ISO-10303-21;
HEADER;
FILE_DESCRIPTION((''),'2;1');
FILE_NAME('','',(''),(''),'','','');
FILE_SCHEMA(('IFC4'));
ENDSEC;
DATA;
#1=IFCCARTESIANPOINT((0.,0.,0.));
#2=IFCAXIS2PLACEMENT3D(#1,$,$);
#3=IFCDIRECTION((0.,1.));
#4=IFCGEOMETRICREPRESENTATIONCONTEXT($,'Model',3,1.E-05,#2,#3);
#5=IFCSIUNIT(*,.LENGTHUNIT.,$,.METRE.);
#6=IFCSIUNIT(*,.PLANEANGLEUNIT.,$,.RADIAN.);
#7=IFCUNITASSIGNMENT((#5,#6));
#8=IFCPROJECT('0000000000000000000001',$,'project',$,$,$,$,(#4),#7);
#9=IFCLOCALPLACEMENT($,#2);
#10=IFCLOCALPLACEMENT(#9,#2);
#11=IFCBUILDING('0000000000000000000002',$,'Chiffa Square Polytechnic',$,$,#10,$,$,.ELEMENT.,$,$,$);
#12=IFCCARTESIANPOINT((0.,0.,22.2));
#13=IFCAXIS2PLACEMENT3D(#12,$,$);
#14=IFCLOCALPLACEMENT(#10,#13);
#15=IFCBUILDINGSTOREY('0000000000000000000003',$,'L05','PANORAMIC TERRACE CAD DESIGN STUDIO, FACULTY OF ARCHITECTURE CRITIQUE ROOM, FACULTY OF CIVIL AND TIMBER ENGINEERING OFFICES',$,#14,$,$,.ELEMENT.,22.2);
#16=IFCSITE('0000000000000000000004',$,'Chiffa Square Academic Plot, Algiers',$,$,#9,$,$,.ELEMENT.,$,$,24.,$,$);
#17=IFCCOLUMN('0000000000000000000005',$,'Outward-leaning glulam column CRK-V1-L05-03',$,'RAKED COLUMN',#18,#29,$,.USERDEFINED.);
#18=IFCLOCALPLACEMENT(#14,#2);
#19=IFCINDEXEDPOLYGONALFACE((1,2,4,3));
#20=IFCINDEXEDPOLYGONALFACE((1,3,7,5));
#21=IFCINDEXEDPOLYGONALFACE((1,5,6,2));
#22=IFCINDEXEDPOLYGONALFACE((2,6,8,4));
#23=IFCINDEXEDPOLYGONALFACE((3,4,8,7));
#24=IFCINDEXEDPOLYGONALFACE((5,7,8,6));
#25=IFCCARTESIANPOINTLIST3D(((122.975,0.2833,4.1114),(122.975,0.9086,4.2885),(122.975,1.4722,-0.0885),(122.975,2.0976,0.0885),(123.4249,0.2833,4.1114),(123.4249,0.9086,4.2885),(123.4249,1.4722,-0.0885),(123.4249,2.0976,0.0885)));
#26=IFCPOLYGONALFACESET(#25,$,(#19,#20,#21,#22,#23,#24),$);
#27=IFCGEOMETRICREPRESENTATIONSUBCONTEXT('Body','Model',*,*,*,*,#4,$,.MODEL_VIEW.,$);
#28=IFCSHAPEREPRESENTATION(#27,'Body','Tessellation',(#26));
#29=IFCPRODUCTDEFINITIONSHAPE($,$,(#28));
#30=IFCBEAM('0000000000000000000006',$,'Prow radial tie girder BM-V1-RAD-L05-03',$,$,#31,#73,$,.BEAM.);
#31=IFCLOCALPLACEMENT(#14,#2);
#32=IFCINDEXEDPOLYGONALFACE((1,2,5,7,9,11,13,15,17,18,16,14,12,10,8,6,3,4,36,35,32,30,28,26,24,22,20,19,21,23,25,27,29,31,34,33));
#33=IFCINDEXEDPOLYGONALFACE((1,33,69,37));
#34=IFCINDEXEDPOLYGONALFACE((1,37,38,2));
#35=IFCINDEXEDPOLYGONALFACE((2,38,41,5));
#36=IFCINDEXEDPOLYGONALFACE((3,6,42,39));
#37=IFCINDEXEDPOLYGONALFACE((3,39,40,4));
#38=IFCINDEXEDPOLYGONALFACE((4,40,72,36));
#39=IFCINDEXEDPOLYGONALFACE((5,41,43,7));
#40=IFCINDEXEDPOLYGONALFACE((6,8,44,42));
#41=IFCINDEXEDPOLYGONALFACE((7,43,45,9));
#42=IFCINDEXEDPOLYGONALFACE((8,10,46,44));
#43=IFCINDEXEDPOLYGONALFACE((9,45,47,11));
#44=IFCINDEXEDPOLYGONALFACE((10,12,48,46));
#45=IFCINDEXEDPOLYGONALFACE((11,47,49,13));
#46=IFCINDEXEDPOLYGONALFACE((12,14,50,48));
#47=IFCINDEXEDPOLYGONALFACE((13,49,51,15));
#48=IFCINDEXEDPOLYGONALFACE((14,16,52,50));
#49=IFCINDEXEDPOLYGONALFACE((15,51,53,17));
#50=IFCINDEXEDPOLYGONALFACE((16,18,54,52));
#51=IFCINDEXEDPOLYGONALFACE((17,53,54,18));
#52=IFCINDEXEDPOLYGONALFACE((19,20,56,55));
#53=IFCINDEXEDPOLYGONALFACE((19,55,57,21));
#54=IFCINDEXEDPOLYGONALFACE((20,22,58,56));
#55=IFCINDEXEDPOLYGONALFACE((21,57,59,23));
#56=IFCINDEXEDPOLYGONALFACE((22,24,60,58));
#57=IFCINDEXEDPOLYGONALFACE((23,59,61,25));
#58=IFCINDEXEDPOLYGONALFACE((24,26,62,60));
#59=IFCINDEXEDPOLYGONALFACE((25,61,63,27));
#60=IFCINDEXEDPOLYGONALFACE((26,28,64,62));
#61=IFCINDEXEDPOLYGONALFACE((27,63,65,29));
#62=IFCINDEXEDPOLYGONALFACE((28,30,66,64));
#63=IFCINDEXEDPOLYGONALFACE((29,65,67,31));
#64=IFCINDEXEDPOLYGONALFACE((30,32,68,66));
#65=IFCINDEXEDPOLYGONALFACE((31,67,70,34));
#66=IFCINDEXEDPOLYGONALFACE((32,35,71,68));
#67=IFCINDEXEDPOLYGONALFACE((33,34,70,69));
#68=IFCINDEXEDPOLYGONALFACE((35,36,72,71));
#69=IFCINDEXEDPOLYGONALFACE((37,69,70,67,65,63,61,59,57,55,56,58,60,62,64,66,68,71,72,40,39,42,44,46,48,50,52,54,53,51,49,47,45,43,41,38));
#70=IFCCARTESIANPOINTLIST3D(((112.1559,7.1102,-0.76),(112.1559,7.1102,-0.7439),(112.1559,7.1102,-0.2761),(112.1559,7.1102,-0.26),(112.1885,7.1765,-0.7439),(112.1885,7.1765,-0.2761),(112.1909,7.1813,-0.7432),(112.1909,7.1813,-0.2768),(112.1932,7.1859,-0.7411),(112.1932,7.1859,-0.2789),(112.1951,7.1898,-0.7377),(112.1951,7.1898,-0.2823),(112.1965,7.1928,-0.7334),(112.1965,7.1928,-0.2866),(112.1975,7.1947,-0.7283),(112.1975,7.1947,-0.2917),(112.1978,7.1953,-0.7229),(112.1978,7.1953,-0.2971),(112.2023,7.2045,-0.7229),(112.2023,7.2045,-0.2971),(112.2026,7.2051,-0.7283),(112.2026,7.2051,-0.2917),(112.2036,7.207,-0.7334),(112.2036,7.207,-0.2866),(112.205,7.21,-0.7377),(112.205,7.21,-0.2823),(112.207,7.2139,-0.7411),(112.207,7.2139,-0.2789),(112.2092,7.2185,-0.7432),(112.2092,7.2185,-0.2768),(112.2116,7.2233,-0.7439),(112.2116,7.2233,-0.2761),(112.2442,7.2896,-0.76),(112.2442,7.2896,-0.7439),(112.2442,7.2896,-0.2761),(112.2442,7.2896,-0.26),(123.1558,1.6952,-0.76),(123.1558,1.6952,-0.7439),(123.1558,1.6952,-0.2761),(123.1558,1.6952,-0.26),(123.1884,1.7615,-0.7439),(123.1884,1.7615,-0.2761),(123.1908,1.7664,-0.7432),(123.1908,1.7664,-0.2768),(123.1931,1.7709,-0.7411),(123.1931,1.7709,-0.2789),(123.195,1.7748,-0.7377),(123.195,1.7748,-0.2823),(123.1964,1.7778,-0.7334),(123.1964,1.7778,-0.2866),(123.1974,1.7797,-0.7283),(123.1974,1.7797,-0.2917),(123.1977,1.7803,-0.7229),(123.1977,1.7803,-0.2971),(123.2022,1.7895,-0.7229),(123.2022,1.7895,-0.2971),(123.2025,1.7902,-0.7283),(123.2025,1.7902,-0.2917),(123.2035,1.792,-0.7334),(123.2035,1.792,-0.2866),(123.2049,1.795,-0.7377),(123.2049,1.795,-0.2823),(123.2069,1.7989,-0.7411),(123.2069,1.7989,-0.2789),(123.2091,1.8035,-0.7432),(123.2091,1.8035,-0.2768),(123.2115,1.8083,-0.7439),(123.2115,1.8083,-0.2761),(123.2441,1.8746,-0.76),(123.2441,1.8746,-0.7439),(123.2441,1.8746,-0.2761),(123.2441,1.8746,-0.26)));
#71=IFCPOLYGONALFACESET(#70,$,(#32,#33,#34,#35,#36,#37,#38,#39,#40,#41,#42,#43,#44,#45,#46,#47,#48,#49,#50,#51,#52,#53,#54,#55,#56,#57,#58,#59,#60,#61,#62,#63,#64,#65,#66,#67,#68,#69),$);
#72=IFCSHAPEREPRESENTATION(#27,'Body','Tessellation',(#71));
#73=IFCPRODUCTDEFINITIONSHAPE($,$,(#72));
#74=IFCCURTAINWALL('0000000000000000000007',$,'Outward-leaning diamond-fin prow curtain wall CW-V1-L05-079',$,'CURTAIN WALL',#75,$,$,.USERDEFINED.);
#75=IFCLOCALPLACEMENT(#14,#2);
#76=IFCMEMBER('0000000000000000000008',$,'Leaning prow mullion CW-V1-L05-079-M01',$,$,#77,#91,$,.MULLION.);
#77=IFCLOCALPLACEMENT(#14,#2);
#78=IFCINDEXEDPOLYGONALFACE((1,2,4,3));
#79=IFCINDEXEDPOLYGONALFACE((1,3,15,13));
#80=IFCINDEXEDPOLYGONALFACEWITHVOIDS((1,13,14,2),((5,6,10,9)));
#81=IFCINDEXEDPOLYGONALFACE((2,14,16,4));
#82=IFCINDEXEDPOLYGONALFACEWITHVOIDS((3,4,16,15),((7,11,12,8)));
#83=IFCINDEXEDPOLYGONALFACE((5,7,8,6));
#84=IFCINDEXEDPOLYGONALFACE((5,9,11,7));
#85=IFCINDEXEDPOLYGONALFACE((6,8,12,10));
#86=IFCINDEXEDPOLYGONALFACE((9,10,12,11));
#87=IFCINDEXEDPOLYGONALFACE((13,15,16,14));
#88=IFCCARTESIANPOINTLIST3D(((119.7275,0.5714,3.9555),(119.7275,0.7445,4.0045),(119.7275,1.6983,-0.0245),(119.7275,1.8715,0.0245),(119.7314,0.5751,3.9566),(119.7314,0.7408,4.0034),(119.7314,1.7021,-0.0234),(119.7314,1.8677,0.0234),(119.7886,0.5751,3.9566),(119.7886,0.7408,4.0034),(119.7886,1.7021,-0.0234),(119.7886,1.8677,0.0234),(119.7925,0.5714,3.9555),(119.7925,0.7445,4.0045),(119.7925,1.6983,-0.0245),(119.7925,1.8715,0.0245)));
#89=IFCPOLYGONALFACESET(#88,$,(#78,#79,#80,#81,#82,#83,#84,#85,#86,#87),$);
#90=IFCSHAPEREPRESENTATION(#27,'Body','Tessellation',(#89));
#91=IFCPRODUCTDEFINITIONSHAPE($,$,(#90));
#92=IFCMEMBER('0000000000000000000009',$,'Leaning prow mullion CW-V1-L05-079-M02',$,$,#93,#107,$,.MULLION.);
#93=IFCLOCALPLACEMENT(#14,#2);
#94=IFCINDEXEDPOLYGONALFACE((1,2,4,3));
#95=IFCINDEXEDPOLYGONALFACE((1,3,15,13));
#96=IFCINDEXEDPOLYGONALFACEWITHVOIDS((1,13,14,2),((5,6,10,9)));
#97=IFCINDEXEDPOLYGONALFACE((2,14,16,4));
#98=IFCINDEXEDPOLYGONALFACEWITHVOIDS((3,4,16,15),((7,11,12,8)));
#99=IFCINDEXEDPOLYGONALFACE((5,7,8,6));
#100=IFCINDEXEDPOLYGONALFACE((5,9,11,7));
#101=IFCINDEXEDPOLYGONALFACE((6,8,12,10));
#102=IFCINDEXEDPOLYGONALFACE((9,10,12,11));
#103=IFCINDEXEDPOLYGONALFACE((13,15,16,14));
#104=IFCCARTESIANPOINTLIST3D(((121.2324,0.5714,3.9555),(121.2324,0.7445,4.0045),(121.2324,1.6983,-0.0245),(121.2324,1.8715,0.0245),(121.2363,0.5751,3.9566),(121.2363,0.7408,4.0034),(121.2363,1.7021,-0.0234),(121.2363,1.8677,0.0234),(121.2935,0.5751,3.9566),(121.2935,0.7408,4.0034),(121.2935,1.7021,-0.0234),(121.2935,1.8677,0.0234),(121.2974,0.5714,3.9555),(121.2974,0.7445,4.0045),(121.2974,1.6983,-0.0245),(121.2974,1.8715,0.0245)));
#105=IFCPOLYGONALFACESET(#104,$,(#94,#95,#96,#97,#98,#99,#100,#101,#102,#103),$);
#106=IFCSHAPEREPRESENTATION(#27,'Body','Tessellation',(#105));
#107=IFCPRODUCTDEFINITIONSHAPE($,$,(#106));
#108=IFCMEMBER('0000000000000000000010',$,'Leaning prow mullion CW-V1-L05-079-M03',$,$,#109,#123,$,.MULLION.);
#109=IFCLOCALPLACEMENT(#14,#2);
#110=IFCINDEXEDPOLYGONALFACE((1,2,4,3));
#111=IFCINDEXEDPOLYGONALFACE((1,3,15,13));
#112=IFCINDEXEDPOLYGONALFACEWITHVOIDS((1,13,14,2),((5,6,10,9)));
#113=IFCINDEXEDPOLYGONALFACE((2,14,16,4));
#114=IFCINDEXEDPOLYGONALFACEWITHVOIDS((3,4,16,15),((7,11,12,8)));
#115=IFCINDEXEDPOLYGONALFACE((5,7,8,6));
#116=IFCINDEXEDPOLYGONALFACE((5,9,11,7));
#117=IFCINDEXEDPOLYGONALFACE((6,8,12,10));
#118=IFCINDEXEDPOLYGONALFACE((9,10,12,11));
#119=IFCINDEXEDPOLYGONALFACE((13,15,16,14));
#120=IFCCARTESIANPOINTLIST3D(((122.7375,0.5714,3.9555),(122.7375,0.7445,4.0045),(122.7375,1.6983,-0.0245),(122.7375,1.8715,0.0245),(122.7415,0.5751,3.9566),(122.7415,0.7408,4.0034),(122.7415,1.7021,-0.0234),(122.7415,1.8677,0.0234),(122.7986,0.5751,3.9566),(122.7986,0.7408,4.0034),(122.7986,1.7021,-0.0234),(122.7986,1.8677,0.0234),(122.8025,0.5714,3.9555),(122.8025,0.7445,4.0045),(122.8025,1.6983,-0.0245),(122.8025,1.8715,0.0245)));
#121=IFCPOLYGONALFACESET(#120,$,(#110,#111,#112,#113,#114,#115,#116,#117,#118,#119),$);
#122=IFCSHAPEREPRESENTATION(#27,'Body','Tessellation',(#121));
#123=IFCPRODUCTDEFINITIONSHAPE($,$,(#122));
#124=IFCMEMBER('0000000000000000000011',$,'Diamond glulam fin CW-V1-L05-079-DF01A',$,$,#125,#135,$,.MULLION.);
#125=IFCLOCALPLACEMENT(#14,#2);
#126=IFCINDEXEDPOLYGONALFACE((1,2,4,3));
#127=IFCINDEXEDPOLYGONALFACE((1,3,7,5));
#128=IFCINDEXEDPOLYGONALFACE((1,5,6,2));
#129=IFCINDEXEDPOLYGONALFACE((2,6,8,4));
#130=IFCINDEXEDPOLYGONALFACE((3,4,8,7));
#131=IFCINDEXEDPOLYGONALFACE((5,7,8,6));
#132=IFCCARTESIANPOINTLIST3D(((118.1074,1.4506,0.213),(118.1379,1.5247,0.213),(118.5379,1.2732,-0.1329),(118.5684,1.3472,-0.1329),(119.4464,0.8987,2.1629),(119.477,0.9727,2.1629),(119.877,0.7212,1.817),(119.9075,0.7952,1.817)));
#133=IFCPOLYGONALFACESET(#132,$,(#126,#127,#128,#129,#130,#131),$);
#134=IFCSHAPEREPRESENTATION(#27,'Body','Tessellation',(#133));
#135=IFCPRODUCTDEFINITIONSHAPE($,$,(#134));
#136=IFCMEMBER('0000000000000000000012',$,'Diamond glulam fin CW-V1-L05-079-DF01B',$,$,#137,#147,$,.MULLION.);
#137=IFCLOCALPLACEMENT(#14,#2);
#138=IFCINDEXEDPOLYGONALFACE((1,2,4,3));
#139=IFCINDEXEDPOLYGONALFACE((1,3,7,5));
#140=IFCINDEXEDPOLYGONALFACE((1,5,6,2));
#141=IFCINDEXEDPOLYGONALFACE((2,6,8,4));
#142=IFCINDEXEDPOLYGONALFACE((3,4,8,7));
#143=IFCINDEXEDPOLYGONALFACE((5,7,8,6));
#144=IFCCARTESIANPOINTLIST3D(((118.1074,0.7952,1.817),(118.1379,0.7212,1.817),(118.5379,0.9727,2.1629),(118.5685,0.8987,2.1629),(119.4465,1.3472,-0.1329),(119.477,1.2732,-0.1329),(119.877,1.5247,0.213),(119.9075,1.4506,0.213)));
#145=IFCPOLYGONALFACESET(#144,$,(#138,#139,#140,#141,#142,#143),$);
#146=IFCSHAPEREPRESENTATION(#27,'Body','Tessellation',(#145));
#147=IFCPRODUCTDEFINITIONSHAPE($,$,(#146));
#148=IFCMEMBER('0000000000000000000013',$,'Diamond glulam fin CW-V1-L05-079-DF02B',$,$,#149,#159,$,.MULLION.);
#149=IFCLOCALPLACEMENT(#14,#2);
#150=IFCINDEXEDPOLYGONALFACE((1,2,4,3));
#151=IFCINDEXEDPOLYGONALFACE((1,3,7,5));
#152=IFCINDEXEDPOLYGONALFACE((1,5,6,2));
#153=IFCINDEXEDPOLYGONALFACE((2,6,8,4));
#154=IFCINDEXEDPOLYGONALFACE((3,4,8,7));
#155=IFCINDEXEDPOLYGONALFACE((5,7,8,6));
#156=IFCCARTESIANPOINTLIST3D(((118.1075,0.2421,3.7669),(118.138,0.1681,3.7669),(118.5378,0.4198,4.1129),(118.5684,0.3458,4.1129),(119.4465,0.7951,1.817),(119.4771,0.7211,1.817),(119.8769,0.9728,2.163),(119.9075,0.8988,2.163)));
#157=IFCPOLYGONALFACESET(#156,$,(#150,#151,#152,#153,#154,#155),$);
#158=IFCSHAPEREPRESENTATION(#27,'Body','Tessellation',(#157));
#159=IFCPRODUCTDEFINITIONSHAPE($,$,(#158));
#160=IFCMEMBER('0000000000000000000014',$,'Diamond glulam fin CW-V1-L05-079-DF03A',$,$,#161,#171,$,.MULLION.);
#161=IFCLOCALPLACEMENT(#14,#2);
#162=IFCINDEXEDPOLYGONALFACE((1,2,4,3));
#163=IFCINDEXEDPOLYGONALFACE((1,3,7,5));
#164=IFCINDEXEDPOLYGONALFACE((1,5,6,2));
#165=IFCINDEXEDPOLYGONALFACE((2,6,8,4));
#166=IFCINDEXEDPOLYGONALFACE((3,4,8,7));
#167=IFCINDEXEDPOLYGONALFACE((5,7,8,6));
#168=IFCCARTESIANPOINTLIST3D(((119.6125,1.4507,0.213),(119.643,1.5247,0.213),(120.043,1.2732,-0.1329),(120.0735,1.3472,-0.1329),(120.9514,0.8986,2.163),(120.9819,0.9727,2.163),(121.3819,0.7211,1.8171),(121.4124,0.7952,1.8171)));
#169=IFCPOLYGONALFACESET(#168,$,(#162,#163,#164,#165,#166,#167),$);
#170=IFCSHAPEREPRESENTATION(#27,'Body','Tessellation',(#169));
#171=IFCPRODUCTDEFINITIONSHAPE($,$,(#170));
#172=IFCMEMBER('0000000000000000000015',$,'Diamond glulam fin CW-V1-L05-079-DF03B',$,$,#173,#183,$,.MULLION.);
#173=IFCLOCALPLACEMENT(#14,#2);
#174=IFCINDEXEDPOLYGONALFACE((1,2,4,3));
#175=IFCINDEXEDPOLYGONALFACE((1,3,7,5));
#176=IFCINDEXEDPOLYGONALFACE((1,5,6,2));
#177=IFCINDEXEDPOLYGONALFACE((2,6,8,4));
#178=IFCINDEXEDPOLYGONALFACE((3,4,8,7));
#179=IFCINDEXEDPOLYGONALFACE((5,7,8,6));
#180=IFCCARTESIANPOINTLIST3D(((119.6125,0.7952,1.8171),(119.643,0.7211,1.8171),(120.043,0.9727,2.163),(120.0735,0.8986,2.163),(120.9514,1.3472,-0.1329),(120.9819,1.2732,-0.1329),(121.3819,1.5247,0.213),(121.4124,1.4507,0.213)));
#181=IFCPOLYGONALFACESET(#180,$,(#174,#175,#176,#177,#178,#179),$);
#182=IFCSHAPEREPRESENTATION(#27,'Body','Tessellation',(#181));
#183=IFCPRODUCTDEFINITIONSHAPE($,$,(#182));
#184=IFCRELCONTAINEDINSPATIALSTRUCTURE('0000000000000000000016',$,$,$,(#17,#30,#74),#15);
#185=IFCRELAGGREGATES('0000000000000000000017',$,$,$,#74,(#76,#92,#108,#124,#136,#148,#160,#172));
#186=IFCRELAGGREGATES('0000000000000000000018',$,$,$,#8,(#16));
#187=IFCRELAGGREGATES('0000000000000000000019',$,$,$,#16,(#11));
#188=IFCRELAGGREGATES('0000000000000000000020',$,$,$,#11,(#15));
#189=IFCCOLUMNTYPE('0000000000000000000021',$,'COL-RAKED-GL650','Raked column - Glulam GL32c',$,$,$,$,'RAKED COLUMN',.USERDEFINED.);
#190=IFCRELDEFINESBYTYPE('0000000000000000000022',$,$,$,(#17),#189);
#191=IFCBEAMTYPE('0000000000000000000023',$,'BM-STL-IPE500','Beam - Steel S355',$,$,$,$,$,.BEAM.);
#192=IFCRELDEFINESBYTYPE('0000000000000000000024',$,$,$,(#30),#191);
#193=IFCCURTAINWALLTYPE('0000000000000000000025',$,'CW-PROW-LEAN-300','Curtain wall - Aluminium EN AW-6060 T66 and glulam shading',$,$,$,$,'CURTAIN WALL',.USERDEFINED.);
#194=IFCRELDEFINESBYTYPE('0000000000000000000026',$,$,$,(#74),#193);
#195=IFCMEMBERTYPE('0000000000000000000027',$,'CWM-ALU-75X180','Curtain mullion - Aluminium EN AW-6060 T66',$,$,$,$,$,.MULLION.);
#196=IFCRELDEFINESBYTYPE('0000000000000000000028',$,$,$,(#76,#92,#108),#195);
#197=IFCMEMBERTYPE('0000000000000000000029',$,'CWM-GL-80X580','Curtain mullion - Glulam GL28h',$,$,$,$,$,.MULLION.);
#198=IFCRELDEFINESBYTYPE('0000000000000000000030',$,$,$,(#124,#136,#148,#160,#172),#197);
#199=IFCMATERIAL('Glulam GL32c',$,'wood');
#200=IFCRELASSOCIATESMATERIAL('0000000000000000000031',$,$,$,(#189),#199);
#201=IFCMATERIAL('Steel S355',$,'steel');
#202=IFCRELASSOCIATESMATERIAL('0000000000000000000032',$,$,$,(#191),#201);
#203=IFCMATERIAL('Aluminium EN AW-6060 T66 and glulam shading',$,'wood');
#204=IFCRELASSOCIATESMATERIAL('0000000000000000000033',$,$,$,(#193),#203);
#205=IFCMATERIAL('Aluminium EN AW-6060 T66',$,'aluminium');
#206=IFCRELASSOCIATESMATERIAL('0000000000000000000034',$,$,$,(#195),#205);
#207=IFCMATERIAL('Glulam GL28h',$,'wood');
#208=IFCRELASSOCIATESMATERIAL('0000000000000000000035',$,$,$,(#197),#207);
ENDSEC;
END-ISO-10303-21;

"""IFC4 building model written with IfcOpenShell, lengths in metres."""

from ifc_helpers import new_model, si_unit, direction, frame, origin, origin_2d, place, context, subcontext, project, spatial, rectangle, hollow_rectangle, i_section, extrude, material, material_profile, profile_set, type_object, element, aggregate, save


model = new_model("IFC4")

# Units and contexts
model_context = context("Model", 3, precision=1e-05, world=origin(), true_north=direction((0.0, 1.0)))
body_context = subcontext(model_context, "Body", "Model", "MODEL_VIEW")
ifc_project = project(units=[si_unit("LENGTHUNIT", "METRE"), si_unit("PLANEANGLEUNIT", "RADIAN")], contexts=[model_context])

# Site, building, storey
site_placement = place(None, origin())
site = spatial("IfcSite", under=ifc_project, at=site_placement, Name="Chiffa Square Academic Plot, Algiers", CompositionType="ELEMENT", RefElevation=24.0)
building_placement = place(site_placement, origin())
building = spatial("IfcBuilding", under=site, at=building_placement, Name="Chiffa Square Polytechnic", CompositionType="ELEMENT")
storey_placement = place(building_placement, frame((0.0, 0.0, 22.2)))
storey = spatial("IfcBuildingStorey", under=building, at=storey_placement, Name="L05", Description="PANORAMIC TERRACE CAD DESIGN STUDIO, FACULTY OF ARCHITECTURE CRITIQUE ROOM, FACULTY OF CIVIL AND TIMBER ENGINEERING OFFICES", CompositionType="ELEMENT", Elevation=22.2)

# Column
ifc_material_1 = material(Name="Glulam GL32c", Category="wood")
ifc_material_profile_1 = material_profile(ifc_material_1, rectangle(XDim=0.45, YDim=0.6499, at=origin_2d()), Name="GL32c 450x650")
ifc_profile_set_1 = profile_set([ifc_material_profile_1], Name="Glulam GL32c")
column_type = type_object("IfcColumnType", Name="COL-RAKED-GL650", Description="Raked column - Glulam GL32c", ElementType="RAKED COLUMN", PredefinedType="USERDEFINED", material=ifc_profile_set_1)
column_placement = place(storey_placement, frame((123.2, 1.7849, 0.0), z_axis=(0.0, -0.272386, 0.962188), x_axis=(1.0, 0.0, 0.0)))
element("IfcColumn", 1, at=column_placement, inside=storey, type_object=column_type, Name="Outward-leaning glulam column CRK-V1-L05-03", ObjectType="RAKED COLUMN", PredefinedType="USERDEFINED", context=body_context, shape_type="SweptSolid", body=[
    extrude(rectangle(XDim=0.45, YDim=0.6499, at=origin_2d()), origin(), (0.0, 0.0, 1.0), 4.365),
])

# Beam
ifc_material_2 = material(Name="Steel S355", Category="steel")
ifc_material_profile_2 = material_profile(ifc_material_2, i_section(OverallWidth=0.2, OverallDepth=0.5, WebThickness=0.0103, FlangeThickness=0.0161, FilletRadius=0.021, at=origin_2d()), Name="IPE 500")
ifc_profile_set_2 = profile_set([ifc_material_profile_2], Name="Steel S355")
beam_type_1 = type_object("IfcBeamType", Name="BM-STL-IPE500", Description="Beam - Steel S355", PredefinedType="BEAM", material=ifc_profile_set_2)
beam_1_placement = place(storey_placement, frame((123.2, 1.7849, -0.51), z_axis=(-0.897182, 0.441661, 0.0), x_axis=(-0.441661, -0.897182, 0.0)))
element("IfcBeam", 2, at=beam_1_placement, inside=storey, type_object=beam_type_1, Name="Prow radial tie girder BM-V1-RAD-L05-03", PredefinedType="BEAM", context=body_context, shape_type="SweptSolid", body=[
    extrude(i_section(OverallWidth=0.2, OverallDepth=0.5, WebThickness=0.0103, FlangeThickness=0.0161, FilletRadius=0.021, at=origin_2d()), origin(), (0.0, 0.0, 1.0), 12.2605),
])

# Curtain wall, members
ifc_material_3 = material(Name="Aluminium EN AW-6060 T66 and glulam shading", Category="wood")
curtain_wall_type_1 = type_object("IfcCurtainWallType", Name="CW-PROW-LEAN-300", Description="Curtain wall - Aluminium EN AW-6060 T66 and glulam shading", ElementType="CURTAIN WALL", PredefinedType="USERDEFINED", material=ifc_material_3)
curtain_wall_1_placement = place(storey_placement, origin())
curtain_wall_1 = element("IfcCurtainWall", 3, at=curtain_wall_1_placement, inside=storey, type_object=curtain_wall_type_1, Name="Outward-leaning diamond-fin prow curtain wall CW-V1-L05-079", ObjectType="CURTAIN WALL", PredefinedType="USERDEFINED")
ifc_material_4 = material(Name="Aluminium EN AW-6060 T66", Category="aluminium")
ifc_material_profile_3 = material_profile(ifc_material_4, hollow_rectangle(XDim=0.0649, YDim=0.1799, WallThickness=0.0039, at=origin_2d()), Name="ALU 65x180x4")
ifc_profile_set_3 = profile_set([ifc_material_profile_3], Name="Aluminium EN AW-6060 T66")
member_type_1 = type_object("IfcMemberType", Name="CWM-ALU-75X180", Description="Curtain mullion - Aluminium EN AW-6060 T66", PredefinedType="MULLION", material=ifc_profile_set_3)
member_1_placement = place(storey_placement, frame((119.76, 1.7849, 0.0), z_axis=(0.0, -0.272444, 0.962172), x_axis=(1.0, 0.0, 0.0)))
member_1 = element("IfcMember", 4, at=member_1_placement, type_object=member_type_1, Name="Leaning prow mullion CW-V1-L05-079-M01", PredefinedType="MULLION", context=body_context, shape_type="SweptSolid", body=[
    extrude(hollow_rectangle(XDim=0.0649, YDim=0.1799, WallThickness=0.0039, at=origin_2d()), origin(), (0.0, 0.0, 1.0), 4.1365),
])
member_2_placement = place(storey_placement, frame((121.2649, 1.7849, 0.0), z_axis=(0.0, -0.272444, 0.962172), x_axis=(1.0, 0.0, 0.0)))
member_2 = element("IfcMember", 5, at=member_2_placement, type_object=member_type_1, Name="Leaning prow mullion CW-V1-L05-079-M02", PredefinedType="MULLION", context=body_context, shape_type="SweptSolid", body=[
    extrude(hollow_rectangle(XDim=0.0649, YDim=0.1799, WallThickness=0.0039, at=origin_2d()), origin(), (0.0, 0.0, 1.0), 4.1365),
])
member_3_placement = place(storey_placement, frame((122.77, 1.7849, 0.0), z_axis=(0.0, -0.272444, 0.962172), x_axis=(1.0, 0.0, 0.0)))
member_3 = element("IfcMember", 6, at=member_3_placement, type_object=member_type_1, Name="Leaning prow mullion CW-V1-L05-079-M03", PredefinedType="MULLION", context=body_context, shape_type="SweptSolid", body=[
    extrude(hollow_rectangle(XDim=0.0649, YDim=0.1799, WallThickness=0.0039, at=origin_2d()), origin(), (0.0, 0.0, 1.0), 4.1365),
])
ifc_material_5 = material(Name="Glulam GL28h", Category="wood")
ifc_material_profile_4 = material_profile(ifc_material_5, rectangle(XDim=0.0801, YDim=0.5801, at=origin_2d()), Name="GL28h 80x580")
ifc_profile_set_4 = profile_set([ifc_material_profile_4], Name="Glulam GL28h")
member_type_2 = type_object("IfcMemberType", Name="CWM-GL-80X580", Description="Curtain mullion - Glulam GL28h", PredefinedType="MULLION", material=ifc_profile_set_4)
member_4_placement = place(storey_placement, frame((118.3379, 1.3989, 0.04), z_axis=(0.551292, -0.227251, 0.802766), x_axis=(0.381106, 0.924531, 0.0)))
member_4 = element("IfcMember", 7, at=member_4_placement, type_object=member_type_2, Name="Diamond glulam fin CW-V1-L05-079-DF01A", PredefinedType="MULLION", context=body_context, shape_type="SweptSolid", body=[
    extrude(rectangle(XDim=0.0801, YDim=0.5801, at=origin_2d()), origin(), (0.0, 0.0, 1.0), 2.429),
])
member_5_placement = place(storey_placement, frame((119.677, 1.3989, 0.04), z_axis=(-0.551292, -0.227251, 0.802766), x_axis=(0.381106, -0.924531, 0.0)))
member_5 = element("IfcMember", 8, at=member_5_placement, type_object=member_type_2, Name="Diamond glulam fin CW-V1-L05-079-DF01B", PredefinedType="MULLION", context=body_context, shape_type="SweptSolid", body=[
    extrude(rectangle(XDim=0.0801, YDim=0.5801, at=origin_2d()), origin(), (0.0, 0.0, 1.0), 2.429),
])
member_6_placement = place(storey_placement, frame((119.677, 0.8469, 1.99), z_axis=(-0.551242, -0.227632, 0.802693), x_axis=(0.381682, -0.924294, 0.0)))
member_6 = element("IfcMember", 9, at=member_6_placement, type_object=member_type_2, Name="Diamond glulam fin CW-V1-L05-079-DF02B", PredefinedType="MULLION", context=body_context, shape_type="SweptSolid", body=[
    extrude(rectangle(XDim=0.0801, YDim=0.5801, at=origin_2d()), origin(), (0.0, 0.0, 1.0), 2.4292),
])
member_7_placement = place(storey_placement, frame((119.843, 1.3989, 0.04), z_axis=(0.551222, -0.227264, 0.802811), x_axis=(0.381165, 0.924507, 0.0)))
member_7 = element("IfcMember", 10, at=member_7_placement, type_object=member_type_2, Name="Diamond glulam fin CW-V1-L05-079-DF03A", PredefinedType="MULLION", context=body_context, shape_type="SweptSolid", body=[
    extrude(rectangle(XDim=0.0801, YDim=0.5801, at=origin_2d()), origin(), (0.0, 0.0, 1.0), 2.429),
])
member_8_placement = place(storey_placement, frame((121.1819, 1.3989, 0.04), z_axis=(-0.551222, -0.227264, 0.802811), x_axis=(0.381165, -0.924507, 0.0)))
member_8 = element("IfcMember", 11, at=member_8_placement, type_object=member_type_2, Name="Diamond glulam fin CW-V1-L05-079-DF03B", PredefinedType="MULLION", context=body_context, shape_type="SweptSolid", body=[
    extrude(rectangle(XDim=0.0801, YDim=0.5801, at=origin_2d()), origin(), (0.0, 0.0, 1.0), 2.429),
])

aggregate(curtain_wall_1, [member_1, member_2, member_3, member_4, member_5, member_6, member_7, member_8])

save(model, "model.ifc")
